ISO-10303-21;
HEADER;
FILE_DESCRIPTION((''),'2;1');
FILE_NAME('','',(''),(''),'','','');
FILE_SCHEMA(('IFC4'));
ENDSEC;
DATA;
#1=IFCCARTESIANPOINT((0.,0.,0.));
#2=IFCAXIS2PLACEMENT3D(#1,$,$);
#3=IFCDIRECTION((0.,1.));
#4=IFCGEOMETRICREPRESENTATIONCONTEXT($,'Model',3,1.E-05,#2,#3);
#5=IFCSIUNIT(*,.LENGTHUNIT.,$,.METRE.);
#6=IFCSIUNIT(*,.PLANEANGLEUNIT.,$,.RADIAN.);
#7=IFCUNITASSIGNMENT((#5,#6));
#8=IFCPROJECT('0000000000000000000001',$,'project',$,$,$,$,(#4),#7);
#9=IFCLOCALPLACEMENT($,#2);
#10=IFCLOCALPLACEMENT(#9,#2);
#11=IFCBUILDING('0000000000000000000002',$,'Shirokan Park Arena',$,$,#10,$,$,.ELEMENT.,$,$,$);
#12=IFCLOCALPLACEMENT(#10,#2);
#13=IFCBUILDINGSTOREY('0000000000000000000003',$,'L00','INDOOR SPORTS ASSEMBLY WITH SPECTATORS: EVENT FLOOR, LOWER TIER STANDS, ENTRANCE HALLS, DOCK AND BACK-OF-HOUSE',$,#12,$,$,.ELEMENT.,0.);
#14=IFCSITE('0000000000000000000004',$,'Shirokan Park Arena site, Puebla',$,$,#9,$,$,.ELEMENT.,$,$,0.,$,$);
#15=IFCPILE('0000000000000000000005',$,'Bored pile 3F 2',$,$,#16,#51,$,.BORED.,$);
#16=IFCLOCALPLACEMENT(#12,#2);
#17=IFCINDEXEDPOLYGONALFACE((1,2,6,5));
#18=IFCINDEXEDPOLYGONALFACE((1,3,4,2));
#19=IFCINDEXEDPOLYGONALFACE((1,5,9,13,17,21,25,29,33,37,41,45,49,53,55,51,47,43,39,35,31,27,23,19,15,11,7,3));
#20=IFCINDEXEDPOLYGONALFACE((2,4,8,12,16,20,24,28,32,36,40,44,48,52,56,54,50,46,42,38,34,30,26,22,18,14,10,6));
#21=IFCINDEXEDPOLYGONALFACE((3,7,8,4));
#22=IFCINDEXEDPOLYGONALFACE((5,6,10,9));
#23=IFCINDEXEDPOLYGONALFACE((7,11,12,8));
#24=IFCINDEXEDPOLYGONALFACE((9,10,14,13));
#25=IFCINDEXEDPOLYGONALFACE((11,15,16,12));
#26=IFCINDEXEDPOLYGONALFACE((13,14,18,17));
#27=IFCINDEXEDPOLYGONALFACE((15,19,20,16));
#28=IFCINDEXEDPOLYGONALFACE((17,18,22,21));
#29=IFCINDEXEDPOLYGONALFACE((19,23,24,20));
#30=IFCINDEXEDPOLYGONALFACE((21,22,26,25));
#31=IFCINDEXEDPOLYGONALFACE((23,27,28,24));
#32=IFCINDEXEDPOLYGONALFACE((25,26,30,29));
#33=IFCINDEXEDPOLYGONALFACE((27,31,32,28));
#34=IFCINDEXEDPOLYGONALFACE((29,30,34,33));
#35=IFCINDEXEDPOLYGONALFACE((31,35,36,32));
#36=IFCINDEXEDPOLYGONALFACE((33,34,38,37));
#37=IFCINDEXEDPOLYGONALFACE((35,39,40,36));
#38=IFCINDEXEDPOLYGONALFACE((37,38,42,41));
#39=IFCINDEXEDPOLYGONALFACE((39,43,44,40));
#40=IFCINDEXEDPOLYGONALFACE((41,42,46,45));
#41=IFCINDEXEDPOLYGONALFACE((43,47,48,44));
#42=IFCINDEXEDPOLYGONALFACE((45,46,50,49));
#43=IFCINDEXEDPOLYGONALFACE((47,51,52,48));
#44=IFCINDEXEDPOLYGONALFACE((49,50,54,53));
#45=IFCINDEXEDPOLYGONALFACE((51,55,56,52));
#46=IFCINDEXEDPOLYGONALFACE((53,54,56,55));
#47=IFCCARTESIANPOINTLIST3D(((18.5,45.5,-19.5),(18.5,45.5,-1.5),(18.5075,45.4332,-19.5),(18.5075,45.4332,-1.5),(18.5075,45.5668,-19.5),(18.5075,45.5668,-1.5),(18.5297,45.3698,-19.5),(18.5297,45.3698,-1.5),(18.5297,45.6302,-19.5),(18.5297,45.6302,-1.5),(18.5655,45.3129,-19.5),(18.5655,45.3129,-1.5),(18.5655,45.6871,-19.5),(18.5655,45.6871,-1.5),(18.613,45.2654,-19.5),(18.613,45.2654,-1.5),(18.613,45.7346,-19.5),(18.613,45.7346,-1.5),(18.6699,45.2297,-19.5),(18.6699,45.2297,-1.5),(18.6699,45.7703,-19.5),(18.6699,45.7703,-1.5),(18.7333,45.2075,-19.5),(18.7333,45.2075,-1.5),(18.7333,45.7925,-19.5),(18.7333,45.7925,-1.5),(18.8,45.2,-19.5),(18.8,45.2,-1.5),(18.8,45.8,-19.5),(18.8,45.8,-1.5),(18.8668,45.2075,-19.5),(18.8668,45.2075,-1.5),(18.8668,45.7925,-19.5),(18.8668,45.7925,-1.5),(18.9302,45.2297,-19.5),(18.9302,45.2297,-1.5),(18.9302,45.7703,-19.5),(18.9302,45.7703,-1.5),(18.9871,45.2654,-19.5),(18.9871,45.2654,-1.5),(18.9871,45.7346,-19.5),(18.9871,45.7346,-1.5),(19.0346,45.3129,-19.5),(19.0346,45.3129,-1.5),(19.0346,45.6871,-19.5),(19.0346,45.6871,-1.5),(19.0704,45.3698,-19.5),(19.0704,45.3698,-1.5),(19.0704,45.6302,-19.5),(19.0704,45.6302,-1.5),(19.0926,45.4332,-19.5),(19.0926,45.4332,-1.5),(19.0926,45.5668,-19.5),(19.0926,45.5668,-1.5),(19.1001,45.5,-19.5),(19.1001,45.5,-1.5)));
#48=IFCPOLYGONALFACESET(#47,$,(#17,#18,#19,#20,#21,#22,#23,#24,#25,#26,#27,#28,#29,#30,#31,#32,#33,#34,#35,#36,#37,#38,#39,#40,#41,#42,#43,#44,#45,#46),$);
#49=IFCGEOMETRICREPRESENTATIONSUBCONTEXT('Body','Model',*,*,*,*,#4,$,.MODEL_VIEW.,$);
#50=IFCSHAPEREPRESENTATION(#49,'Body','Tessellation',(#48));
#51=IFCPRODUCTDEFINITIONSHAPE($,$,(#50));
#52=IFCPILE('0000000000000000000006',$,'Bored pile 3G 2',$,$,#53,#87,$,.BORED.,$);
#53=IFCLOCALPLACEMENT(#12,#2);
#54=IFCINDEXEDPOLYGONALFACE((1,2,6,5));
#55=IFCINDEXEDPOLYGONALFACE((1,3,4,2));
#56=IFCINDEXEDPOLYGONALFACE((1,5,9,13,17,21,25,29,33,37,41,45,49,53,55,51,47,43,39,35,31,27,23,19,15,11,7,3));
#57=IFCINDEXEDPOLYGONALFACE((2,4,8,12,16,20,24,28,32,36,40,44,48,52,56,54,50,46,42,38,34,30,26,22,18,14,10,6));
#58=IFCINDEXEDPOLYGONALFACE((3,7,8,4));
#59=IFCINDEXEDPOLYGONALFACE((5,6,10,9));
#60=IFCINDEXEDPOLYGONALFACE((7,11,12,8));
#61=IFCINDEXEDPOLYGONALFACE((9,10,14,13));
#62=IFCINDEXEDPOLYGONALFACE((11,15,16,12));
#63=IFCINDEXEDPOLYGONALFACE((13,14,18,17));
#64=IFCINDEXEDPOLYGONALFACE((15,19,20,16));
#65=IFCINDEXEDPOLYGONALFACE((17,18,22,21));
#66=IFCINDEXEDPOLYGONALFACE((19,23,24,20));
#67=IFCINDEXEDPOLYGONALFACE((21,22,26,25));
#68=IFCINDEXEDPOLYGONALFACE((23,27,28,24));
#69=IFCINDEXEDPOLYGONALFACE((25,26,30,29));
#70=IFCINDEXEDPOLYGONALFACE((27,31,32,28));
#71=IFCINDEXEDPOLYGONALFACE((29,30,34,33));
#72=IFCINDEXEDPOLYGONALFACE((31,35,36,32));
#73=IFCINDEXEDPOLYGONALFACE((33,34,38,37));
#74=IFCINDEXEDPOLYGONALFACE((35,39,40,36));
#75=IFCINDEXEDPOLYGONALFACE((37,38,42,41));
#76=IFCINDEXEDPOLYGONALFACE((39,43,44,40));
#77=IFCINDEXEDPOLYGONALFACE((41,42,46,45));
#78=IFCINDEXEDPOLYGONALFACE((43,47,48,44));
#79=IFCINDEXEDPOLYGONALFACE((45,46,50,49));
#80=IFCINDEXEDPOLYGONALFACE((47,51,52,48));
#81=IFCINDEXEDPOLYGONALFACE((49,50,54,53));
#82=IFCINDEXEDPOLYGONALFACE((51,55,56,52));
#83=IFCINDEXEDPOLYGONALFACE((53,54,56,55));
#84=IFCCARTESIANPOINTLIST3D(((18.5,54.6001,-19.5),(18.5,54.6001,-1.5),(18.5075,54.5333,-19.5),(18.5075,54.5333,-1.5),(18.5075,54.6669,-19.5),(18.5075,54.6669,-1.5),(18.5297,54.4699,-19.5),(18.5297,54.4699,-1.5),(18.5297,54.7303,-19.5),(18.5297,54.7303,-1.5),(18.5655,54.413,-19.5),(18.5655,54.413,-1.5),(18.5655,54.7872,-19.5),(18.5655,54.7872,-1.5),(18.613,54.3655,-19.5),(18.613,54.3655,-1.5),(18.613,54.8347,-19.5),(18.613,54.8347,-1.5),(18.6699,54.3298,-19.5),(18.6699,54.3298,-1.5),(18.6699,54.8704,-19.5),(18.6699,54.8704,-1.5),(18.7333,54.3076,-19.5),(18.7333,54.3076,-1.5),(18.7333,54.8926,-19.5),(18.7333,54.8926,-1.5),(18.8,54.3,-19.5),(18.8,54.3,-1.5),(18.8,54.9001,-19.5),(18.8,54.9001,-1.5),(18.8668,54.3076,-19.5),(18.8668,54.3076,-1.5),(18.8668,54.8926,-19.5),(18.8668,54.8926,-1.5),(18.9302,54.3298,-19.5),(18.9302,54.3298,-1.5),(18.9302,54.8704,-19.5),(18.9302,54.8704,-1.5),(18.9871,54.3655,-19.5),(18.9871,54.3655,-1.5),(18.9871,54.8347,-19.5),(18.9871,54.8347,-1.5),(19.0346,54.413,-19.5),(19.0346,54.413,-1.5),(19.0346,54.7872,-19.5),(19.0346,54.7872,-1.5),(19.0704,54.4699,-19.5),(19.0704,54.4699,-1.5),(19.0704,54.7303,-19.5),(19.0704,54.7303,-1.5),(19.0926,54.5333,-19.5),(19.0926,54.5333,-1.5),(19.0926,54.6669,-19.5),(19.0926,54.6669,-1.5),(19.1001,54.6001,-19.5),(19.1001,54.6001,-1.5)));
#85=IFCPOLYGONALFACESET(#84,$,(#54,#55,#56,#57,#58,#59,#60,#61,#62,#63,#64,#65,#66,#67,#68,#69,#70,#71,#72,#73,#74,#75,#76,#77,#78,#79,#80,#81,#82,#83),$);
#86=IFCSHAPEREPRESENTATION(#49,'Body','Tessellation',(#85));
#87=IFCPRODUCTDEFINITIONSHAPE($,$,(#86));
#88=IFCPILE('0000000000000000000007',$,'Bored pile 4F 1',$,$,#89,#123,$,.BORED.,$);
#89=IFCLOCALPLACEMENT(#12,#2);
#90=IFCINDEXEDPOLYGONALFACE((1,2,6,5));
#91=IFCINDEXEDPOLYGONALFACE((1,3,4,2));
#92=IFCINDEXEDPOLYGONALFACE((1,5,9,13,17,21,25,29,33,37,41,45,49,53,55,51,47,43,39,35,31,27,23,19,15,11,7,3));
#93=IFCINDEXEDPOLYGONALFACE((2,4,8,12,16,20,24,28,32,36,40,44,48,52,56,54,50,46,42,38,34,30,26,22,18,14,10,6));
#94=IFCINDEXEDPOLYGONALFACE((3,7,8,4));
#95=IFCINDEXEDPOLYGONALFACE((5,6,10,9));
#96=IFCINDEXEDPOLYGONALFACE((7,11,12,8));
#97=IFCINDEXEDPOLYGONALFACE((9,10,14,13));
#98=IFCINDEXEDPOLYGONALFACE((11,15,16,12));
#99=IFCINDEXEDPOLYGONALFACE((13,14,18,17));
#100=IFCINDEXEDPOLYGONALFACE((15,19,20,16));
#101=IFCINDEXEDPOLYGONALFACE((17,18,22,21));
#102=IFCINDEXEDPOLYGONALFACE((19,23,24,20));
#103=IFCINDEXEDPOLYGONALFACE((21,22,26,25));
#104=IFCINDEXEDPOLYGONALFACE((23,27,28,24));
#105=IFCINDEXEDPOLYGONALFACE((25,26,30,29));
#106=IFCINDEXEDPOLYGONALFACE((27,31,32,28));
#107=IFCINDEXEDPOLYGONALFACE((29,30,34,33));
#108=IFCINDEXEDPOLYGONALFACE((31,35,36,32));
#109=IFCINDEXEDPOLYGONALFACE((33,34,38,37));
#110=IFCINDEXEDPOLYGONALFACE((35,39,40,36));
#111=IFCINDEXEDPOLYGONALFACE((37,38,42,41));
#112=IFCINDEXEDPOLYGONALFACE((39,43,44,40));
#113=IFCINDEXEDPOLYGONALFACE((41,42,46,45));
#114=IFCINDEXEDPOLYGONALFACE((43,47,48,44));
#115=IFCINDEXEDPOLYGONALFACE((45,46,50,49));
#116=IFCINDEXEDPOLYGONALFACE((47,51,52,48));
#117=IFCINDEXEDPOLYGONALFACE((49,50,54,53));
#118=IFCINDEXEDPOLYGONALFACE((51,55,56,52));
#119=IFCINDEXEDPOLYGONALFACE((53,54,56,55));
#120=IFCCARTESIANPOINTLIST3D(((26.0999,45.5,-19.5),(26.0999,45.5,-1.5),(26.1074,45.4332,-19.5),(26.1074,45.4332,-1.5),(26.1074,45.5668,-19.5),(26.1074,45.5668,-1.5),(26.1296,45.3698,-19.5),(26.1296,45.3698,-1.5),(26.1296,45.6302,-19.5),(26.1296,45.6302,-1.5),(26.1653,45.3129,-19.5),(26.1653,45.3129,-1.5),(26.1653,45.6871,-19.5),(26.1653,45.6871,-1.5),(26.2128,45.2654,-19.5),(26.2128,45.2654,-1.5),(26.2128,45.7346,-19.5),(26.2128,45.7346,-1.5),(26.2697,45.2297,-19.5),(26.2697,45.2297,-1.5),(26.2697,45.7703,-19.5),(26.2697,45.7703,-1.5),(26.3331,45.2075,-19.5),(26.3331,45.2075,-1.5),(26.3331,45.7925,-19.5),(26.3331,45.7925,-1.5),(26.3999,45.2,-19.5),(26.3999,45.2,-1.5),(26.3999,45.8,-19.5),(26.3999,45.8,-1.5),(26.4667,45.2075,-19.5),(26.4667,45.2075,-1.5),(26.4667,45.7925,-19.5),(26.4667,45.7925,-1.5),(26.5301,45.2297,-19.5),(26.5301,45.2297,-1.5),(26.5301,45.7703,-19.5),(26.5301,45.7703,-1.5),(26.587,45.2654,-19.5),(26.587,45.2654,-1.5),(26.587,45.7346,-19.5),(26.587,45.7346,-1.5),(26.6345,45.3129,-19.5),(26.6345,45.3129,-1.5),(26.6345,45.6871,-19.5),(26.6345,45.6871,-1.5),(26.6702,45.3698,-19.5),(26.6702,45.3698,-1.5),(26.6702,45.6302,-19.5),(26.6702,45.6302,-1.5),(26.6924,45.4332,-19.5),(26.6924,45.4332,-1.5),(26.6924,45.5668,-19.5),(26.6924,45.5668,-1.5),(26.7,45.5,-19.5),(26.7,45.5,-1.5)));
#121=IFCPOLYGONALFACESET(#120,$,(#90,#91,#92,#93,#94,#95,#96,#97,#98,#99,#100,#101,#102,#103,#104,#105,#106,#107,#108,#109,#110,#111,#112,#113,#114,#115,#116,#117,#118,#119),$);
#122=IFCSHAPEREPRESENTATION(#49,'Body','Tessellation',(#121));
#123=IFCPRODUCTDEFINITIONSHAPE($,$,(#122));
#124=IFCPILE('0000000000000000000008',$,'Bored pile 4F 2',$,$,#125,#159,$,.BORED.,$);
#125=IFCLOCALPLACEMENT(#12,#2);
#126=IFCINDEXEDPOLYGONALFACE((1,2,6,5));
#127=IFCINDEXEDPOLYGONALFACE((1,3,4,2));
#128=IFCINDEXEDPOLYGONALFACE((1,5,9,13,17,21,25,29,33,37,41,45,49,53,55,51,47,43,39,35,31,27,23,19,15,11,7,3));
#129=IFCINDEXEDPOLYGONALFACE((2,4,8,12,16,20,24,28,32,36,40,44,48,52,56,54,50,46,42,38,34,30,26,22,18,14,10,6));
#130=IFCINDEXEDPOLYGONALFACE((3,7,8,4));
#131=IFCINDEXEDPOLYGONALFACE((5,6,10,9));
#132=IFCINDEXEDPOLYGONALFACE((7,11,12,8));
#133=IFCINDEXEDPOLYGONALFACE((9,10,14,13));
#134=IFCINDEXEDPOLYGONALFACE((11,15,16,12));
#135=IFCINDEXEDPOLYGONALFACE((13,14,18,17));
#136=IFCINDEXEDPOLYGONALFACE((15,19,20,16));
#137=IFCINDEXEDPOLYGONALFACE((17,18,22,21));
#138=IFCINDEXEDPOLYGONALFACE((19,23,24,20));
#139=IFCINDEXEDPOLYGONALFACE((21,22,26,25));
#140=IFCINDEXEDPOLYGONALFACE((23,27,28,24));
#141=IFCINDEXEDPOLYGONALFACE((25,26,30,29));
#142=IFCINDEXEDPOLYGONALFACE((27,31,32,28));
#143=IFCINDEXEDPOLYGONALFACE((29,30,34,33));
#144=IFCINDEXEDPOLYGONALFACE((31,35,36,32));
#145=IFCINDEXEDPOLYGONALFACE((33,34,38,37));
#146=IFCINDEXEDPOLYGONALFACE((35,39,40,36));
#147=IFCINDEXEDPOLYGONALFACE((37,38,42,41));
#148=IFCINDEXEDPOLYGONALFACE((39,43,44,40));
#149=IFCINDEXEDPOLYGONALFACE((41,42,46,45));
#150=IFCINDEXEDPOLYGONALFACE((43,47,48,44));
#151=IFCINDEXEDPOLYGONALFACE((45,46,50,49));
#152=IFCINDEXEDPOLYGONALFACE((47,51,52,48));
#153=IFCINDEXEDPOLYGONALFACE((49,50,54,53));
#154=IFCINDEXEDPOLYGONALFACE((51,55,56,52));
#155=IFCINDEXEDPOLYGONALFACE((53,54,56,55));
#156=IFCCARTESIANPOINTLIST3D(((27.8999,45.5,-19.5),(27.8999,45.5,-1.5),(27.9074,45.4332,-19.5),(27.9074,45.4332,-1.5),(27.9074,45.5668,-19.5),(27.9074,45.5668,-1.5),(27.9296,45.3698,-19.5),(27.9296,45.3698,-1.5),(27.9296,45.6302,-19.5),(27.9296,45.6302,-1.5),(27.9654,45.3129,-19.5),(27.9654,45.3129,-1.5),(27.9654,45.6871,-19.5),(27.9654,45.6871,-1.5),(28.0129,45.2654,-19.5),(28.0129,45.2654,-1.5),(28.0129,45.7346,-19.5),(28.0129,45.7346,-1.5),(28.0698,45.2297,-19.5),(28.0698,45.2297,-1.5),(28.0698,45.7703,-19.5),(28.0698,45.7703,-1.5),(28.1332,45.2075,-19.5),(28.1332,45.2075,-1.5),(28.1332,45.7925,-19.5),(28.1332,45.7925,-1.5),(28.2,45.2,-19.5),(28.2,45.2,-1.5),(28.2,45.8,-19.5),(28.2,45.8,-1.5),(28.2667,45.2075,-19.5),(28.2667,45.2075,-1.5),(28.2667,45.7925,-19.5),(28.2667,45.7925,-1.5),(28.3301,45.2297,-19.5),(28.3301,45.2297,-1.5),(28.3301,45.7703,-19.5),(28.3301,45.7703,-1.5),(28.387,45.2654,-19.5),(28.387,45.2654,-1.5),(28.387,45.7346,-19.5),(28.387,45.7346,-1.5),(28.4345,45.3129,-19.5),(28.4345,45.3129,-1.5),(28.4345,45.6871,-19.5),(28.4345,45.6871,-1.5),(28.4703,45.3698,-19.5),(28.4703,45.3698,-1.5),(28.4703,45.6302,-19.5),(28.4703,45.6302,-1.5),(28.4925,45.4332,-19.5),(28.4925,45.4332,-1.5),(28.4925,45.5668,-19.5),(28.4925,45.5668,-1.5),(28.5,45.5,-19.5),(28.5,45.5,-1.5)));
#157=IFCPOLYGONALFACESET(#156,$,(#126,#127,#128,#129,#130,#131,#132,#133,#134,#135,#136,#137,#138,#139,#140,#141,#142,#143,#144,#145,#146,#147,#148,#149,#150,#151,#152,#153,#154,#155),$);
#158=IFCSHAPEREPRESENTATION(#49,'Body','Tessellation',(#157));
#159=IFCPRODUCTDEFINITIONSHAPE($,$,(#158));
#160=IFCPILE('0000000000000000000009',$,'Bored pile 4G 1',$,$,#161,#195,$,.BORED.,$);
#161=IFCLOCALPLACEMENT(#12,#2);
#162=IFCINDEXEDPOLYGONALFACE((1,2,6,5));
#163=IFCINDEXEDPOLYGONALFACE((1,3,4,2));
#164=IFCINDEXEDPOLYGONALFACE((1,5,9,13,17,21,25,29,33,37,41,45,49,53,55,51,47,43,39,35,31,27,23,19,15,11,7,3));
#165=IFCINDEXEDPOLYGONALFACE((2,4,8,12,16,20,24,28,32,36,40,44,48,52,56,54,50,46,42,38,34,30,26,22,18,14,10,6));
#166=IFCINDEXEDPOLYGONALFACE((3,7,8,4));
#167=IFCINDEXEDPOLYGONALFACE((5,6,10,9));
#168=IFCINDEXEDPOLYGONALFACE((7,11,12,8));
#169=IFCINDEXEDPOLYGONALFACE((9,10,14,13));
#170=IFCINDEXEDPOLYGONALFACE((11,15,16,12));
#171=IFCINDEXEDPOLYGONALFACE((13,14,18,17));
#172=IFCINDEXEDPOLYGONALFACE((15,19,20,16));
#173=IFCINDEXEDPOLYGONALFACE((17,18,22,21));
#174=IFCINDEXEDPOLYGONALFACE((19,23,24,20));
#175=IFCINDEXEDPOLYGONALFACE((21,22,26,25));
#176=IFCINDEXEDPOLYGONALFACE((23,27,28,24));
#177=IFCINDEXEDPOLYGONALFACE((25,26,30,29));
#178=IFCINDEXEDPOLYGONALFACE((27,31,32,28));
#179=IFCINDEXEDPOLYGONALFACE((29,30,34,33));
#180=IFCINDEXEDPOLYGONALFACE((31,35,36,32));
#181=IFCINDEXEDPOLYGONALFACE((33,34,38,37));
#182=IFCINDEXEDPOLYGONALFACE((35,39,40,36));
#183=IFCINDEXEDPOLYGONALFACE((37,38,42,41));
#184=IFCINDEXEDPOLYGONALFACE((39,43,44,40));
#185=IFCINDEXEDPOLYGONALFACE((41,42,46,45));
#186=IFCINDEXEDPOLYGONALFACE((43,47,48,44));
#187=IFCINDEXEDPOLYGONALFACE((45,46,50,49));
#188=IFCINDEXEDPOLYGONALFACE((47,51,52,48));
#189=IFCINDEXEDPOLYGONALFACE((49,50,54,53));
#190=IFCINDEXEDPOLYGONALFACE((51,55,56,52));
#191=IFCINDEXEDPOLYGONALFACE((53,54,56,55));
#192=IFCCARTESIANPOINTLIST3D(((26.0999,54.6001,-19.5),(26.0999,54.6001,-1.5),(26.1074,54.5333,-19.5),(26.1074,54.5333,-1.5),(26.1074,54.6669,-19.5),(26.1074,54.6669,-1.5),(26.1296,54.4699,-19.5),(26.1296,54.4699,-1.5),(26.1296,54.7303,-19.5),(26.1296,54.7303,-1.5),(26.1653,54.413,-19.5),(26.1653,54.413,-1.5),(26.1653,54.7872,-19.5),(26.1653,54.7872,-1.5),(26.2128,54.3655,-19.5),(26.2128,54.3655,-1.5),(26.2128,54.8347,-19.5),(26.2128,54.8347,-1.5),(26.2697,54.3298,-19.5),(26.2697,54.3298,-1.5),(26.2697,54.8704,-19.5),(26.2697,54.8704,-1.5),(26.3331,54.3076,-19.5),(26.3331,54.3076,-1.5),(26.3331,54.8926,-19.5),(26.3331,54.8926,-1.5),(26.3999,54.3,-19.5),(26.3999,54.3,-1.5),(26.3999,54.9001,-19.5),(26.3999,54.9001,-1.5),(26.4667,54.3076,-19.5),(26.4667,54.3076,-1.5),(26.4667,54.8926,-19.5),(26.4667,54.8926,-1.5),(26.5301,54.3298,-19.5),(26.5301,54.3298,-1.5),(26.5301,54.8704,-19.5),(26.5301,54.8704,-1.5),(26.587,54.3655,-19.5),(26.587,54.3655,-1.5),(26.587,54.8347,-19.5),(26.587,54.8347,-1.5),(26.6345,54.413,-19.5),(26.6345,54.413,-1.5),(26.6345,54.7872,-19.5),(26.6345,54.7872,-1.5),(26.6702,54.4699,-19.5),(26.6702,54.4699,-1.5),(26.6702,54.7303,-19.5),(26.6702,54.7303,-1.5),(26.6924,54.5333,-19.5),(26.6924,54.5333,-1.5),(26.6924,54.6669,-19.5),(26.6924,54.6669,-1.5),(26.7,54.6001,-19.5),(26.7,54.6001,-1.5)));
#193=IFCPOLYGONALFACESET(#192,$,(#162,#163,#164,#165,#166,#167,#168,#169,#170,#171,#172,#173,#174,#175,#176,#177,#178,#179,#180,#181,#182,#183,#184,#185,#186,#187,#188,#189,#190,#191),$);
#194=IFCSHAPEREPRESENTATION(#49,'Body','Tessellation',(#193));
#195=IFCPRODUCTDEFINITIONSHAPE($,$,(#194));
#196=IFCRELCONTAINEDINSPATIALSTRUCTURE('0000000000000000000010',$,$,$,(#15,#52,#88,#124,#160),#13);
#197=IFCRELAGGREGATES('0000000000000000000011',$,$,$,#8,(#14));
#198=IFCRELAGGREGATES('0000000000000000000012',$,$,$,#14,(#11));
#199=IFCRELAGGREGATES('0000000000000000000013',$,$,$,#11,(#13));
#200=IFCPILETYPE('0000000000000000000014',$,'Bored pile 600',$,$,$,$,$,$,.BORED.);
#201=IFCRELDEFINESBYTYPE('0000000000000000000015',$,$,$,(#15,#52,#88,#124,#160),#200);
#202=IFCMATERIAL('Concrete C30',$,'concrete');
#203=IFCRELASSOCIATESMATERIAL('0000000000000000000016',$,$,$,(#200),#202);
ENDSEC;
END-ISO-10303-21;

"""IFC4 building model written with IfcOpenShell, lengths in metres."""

from ifc_helpers import new_model, si_unit, direction, frame, origin, origin_2d, place, context, subcontext, project, spatial, circle, extrude, material, material_profile, profile_set, type_object, element, save


model = new_model("IFC4")

# Units and contexts
model_context = context("Model", 3, precision=1e-05, world=origin(), true_north=direction((0.0, 1.0)))
body_context = subcontext(model_context, "Body", "Model", "MODEL_VIEW")
ifc_project = project(units=[si_unit("LENGTHUNIT", "METRE"), si_unit("PLANEANGLEUNIT", "RADIAN")], contexts=[model_context])

# Site, building, storey
site_placement = place(None, origin())
site = spatial("IfcSite", under=ifc_project, at=site_placement, Name="Shirokan Park Arena site, Puebla", CompositionType="ELEMENT", RefElevation=0.0)
building_placement = place(site_placement, origin())
building = spatial("IfcBuilding", under=site, at=building_placement, Name="Shirokan Park Arena", CompositionType="ELEMENT")
storey_placement = place(building_placement, origin())
storey = spatial("IfcBuildingStorey", under=building, at=storey_placement, Name="L00", Description="INDOOR SPORTS ASSEMBLY WITH SPECTATORS: EVENT FLOOR, LOWER TIER STANDS, ENTRANCE HALLS, DOCK AND BACK-OF-HOUSE", CompositionType="ELEMENT", Elevation=0.0)

# Piles
ifc_material_1 = material(Name="Concrete C30", Category="concrete")
ifc_material_profile_1 = material_profile(ifc_material_1, circle(Radius=0.3, at=origin_2d()), Name="D600")
ifc_profile_set_1 = profile_set([ifc_material_profile_1], Name="Concrete C30")
pile_type = type_object("IfcPileType", Name="Bored pile 600", PredefinedType="BORED", material=ifc_profile_set_1)
for number, where, z_axis, x_axis, name in (
    (1, (18.8, 45.5, -1.5), (0.0, 0.0, -1.0), (1.0, 0.0, 0.0), "Bored pile 3F 2"),
    (2, (18.8, 54.6001, -1.5), (0.0, 0.0, -1.0), (1.0, 0.0, 0.0), "Bored pile 3G 2"),
    (3, (26.3999, 45.5, -1.5), (0.0, 0.0, -1.0), (1.0, 0.0, 0.0), "Bored pile 4F 1"),
    (4, (28.2, 45.5, -1.5), (0.0, 0.0, -1.0), (1.0, 0.0, 0.0), "Bored pile 4F 2"),
    (5, (26.3999, 54.6001, -1.5), (0.0, 0.0, -1.0), (1.0, 0.0, 0.0), "Bored pile 4G 1"),
):
    element("IfcPile", number, at=place(storey_placement, frame(where, z_axis=z_axis, x_axis=x_axis)), inside=storey, type_object=pile_type, Name=name, PredefinedType="BORED", context=body_context, shape_type="SweptSolid", body=[
        extrude(circle(Radius=0.3, at=origin_2d()), origin(), (0.0, 0.0, 1.0), 18.0),
    ])

save(model, "model.ifc")
